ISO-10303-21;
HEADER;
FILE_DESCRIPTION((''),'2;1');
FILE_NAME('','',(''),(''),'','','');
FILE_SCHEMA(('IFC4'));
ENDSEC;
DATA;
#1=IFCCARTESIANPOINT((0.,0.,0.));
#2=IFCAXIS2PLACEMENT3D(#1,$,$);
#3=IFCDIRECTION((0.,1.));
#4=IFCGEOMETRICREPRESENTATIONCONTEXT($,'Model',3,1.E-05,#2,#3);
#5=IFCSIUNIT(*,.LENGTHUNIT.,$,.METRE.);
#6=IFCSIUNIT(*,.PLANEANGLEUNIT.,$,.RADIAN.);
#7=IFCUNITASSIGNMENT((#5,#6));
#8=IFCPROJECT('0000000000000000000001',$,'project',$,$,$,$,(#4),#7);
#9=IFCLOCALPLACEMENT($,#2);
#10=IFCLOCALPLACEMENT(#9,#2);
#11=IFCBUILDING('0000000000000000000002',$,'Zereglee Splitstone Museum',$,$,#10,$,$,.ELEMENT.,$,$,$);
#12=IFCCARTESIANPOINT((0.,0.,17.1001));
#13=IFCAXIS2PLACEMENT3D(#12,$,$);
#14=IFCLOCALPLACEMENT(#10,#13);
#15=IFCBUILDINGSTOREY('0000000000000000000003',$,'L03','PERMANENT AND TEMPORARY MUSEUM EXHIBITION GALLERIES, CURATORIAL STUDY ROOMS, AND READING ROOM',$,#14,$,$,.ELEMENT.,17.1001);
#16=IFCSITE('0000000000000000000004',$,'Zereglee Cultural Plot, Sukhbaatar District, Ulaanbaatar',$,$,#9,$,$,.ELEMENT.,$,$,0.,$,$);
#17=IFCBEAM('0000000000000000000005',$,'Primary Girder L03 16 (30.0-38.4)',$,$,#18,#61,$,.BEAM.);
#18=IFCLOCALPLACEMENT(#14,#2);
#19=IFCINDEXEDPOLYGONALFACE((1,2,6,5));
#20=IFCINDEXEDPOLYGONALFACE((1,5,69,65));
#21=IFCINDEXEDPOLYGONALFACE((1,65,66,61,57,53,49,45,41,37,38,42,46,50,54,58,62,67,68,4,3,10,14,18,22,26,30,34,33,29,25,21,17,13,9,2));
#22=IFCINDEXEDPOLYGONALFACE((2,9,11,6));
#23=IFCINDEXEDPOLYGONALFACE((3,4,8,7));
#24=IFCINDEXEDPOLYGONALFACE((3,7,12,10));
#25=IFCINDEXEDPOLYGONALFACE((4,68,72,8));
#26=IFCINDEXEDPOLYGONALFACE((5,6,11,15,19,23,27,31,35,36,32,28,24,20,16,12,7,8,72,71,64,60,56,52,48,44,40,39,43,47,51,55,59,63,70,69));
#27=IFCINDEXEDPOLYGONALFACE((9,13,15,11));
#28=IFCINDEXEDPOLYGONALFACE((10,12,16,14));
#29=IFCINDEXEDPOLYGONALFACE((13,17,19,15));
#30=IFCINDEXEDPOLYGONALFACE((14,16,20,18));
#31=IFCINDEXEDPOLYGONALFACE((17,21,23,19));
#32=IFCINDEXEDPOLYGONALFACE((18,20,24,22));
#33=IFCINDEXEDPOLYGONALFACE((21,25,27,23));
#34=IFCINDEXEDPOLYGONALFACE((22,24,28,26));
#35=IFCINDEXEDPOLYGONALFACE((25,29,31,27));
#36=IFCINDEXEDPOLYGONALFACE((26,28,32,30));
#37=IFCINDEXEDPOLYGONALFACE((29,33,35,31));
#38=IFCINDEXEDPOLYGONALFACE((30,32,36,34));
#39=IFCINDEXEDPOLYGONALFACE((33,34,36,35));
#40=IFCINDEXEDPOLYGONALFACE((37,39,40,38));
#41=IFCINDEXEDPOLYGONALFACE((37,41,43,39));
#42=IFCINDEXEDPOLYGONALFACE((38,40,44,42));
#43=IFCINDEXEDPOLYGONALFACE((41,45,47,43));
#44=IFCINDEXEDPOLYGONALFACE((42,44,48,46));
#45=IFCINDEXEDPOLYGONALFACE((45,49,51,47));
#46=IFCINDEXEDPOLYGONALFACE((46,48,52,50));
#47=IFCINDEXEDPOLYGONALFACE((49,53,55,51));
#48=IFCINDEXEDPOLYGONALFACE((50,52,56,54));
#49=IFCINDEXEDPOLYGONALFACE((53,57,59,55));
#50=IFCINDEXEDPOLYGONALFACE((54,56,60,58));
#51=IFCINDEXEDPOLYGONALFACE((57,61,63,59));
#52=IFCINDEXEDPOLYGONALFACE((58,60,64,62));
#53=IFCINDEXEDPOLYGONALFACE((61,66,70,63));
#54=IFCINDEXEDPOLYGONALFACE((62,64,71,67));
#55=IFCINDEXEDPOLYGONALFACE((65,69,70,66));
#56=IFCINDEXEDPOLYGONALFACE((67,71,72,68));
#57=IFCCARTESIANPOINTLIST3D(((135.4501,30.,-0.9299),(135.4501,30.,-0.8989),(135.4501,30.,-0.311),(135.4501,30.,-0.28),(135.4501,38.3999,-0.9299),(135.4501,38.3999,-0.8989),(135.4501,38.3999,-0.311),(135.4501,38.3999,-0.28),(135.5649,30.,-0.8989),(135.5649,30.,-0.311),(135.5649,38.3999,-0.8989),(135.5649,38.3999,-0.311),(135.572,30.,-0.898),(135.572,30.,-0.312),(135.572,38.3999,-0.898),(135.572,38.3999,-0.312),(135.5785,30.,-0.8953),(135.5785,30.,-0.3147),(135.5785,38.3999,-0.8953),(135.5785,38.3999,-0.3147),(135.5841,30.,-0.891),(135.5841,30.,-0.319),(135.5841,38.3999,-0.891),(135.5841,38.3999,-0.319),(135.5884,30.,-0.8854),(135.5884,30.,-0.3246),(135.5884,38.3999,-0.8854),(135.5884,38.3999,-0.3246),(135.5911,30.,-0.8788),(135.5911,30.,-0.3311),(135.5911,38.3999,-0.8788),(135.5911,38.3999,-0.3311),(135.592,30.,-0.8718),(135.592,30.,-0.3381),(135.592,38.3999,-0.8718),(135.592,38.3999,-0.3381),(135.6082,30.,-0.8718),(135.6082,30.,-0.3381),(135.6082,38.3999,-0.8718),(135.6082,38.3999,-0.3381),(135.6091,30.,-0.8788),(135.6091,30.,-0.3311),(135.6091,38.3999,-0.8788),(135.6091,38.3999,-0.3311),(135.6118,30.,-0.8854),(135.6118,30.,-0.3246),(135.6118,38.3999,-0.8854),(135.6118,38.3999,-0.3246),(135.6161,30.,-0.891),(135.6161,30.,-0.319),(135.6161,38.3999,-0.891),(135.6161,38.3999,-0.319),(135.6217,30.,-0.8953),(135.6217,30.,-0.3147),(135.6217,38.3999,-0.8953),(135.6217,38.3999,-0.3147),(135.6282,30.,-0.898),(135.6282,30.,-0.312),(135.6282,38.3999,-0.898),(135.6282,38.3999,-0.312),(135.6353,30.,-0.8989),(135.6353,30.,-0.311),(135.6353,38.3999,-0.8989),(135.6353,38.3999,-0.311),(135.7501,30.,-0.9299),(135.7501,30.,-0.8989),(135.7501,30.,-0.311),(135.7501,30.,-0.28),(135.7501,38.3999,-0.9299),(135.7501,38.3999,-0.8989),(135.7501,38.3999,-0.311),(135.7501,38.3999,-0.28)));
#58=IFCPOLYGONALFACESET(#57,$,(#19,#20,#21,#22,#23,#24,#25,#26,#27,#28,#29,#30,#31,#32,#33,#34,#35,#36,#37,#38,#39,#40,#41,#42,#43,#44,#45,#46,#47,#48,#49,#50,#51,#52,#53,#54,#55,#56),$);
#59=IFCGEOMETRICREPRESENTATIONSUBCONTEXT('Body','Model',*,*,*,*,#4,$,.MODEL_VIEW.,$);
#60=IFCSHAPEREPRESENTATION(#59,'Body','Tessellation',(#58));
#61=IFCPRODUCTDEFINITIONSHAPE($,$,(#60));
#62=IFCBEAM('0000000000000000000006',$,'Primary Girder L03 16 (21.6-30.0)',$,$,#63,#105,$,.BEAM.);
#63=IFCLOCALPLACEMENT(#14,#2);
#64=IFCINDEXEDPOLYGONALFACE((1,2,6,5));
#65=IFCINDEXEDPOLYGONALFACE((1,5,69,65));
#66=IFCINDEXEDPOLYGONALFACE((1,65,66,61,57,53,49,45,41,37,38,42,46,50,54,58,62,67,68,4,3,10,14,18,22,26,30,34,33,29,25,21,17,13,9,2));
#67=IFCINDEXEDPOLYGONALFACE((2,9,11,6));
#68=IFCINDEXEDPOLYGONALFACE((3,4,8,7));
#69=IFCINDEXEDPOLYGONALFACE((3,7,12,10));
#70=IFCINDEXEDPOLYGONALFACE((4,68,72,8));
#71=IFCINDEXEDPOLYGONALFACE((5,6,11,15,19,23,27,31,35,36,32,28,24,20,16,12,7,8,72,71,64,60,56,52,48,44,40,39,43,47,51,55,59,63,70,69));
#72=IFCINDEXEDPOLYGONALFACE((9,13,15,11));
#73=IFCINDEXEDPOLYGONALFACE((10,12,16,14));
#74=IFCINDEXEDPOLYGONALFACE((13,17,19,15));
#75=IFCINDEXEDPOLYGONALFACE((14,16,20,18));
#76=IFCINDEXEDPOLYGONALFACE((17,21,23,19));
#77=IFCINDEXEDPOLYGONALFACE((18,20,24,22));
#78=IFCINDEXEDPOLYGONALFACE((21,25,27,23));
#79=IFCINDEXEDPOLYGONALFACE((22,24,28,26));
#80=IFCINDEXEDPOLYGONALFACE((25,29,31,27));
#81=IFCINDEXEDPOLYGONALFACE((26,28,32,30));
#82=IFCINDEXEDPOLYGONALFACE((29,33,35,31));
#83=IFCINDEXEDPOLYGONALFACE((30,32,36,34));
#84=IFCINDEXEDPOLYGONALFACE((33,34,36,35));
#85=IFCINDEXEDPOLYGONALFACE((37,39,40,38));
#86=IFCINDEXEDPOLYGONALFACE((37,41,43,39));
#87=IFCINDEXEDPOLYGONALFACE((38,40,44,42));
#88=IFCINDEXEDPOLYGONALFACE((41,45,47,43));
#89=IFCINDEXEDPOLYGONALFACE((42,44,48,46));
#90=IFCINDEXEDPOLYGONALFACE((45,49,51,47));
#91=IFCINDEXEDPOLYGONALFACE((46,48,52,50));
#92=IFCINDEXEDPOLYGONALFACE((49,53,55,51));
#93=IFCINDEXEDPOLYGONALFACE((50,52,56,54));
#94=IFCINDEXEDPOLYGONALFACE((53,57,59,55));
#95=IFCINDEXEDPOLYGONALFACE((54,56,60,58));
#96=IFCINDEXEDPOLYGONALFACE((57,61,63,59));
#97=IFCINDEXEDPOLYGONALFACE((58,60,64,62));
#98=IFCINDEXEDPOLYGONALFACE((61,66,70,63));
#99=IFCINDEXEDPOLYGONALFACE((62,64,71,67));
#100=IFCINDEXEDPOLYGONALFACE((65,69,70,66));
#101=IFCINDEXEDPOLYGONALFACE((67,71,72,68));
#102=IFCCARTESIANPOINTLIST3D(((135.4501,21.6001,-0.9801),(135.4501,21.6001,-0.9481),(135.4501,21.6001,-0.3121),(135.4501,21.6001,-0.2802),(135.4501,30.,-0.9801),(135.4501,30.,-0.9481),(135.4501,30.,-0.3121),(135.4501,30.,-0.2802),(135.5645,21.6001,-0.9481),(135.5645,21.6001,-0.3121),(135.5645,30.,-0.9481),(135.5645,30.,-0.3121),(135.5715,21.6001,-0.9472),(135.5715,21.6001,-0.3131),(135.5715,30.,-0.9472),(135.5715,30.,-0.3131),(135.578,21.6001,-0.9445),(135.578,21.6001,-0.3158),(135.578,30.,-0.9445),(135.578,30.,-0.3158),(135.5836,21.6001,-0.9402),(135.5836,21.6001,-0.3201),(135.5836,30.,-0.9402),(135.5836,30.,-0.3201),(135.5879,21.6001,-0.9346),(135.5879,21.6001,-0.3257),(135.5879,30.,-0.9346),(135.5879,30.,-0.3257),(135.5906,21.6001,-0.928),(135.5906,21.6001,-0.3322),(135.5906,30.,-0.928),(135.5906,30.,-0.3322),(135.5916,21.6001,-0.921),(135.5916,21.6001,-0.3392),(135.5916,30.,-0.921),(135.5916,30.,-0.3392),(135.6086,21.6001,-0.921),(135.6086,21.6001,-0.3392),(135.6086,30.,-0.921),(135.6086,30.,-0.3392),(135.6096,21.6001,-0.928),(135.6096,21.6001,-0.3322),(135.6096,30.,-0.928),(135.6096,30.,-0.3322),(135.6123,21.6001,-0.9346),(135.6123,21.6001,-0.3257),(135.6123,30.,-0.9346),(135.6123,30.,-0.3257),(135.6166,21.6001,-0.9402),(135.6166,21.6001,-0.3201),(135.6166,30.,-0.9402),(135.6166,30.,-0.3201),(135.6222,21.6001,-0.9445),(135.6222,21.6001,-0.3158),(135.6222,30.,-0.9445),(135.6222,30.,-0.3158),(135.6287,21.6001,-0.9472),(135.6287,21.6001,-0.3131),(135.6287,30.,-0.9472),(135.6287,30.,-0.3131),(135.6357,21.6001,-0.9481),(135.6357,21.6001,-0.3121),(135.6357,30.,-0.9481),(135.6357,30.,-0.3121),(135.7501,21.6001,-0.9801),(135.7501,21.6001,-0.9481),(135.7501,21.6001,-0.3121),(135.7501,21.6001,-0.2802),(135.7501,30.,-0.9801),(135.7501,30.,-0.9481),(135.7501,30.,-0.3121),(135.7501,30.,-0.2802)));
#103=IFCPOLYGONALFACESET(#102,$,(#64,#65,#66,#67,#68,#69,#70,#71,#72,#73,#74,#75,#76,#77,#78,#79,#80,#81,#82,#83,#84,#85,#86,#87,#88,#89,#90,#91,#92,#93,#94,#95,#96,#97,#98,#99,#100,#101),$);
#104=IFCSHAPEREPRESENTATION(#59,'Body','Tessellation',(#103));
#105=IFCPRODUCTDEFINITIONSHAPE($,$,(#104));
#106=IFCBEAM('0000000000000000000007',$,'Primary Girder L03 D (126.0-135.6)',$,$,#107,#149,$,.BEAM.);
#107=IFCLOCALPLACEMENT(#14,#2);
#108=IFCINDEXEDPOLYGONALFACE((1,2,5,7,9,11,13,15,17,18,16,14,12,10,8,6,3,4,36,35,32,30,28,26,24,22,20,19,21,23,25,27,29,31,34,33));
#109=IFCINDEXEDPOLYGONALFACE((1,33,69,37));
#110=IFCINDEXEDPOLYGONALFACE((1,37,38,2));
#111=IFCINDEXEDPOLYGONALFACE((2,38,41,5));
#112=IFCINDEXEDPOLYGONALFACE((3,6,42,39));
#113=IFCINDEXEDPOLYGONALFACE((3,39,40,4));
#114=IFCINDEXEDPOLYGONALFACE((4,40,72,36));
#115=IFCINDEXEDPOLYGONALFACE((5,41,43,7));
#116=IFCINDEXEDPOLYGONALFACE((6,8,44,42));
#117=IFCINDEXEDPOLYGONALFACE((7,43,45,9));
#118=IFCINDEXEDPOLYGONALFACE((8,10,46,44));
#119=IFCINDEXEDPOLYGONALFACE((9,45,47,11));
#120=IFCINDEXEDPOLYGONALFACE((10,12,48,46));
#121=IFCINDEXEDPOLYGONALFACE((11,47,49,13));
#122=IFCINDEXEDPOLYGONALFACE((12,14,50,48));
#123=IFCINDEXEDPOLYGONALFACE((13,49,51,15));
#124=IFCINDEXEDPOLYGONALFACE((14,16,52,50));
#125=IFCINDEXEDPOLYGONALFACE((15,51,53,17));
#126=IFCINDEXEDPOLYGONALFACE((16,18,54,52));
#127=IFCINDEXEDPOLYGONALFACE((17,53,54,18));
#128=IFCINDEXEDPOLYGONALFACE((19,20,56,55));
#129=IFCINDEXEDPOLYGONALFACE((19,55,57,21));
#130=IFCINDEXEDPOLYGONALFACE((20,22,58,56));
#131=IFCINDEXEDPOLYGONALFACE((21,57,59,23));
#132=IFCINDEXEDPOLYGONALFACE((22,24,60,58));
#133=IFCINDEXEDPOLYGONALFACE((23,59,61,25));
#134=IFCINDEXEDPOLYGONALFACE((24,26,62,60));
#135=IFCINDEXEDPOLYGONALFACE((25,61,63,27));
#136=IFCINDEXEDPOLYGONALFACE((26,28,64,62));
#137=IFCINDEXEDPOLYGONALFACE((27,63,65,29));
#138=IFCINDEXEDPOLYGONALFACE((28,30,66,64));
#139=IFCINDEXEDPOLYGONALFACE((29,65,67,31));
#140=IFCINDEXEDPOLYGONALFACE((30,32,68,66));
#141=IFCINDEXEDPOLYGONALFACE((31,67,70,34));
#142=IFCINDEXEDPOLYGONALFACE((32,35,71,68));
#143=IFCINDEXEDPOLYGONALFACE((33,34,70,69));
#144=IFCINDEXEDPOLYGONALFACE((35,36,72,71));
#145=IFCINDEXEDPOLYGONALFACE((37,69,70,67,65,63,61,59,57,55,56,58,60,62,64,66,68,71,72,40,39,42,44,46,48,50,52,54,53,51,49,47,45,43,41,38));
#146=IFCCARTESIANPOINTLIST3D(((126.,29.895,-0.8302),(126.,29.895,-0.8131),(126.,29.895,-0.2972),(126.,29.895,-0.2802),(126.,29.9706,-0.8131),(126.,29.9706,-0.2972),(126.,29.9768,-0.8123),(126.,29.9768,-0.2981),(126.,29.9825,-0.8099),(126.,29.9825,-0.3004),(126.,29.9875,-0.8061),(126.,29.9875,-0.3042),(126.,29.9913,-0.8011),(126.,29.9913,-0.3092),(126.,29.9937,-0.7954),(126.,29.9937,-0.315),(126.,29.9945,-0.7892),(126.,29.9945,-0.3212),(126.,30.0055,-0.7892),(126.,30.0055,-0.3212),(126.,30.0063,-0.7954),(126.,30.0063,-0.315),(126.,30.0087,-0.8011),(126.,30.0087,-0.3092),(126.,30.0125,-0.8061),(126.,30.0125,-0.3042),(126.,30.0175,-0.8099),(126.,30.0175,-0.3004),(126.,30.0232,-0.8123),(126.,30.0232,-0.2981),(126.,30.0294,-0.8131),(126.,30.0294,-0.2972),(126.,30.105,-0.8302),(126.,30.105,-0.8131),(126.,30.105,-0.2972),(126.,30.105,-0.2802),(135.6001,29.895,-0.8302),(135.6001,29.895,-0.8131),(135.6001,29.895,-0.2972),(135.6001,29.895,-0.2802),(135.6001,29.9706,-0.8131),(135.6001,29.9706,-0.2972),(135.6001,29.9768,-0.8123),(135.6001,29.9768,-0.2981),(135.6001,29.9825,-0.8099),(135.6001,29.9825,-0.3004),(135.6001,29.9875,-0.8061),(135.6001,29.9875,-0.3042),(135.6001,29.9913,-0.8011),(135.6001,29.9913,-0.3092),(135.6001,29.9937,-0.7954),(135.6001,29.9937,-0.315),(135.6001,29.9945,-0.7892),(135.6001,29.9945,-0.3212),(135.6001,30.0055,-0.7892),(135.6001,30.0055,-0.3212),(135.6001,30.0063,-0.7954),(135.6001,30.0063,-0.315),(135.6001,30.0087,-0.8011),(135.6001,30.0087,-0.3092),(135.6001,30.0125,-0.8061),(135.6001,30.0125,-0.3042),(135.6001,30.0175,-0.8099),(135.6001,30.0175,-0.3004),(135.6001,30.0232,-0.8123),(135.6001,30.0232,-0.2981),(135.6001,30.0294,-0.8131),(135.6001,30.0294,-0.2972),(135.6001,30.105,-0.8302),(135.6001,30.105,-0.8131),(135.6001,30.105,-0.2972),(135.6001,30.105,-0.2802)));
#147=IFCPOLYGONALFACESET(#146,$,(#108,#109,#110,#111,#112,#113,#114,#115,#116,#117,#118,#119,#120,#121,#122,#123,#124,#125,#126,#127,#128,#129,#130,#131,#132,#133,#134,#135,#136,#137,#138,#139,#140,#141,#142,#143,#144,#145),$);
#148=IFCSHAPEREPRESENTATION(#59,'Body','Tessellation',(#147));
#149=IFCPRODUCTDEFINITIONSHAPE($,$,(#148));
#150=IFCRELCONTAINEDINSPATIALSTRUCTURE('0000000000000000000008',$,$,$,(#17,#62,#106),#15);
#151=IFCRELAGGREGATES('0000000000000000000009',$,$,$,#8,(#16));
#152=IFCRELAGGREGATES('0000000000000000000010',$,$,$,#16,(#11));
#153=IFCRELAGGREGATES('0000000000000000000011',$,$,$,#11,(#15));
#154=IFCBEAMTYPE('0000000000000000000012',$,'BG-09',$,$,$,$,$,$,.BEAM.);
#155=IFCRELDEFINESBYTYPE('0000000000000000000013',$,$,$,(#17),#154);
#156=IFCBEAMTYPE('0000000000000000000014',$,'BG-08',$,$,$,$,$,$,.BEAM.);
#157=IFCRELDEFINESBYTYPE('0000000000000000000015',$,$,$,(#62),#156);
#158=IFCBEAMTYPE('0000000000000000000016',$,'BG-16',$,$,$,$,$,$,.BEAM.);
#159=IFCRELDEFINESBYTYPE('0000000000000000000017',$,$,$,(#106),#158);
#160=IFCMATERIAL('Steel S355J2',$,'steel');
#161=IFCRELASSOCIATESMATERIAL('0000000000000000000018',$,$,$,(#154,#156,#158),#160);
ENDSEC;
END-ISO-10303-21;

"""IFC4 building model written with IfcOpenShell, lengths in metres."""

from ifc_helpers import new_model, si_unit, direction, frame, origin, origin_2d, place, context, subcontext, project, spatial, i_section, extrude, material, material_profile, profile_set, type_object, element, save


model = new_model("IFC4")

# Units and contexts
model_context = context("Model", 3, precision=1e-05, world=origin(), true_north=direction((0.0, 1.0)))
body_context = subcontext(model_context, "Body", "Model", "MODEL_VIEW")
ifc_project = project(units=[si_unit("LENGTHUNIT", "METRE"), si_unit("PLANEANGLEUNIT", "RADIAN")], contexts=[model_context])

# Site, building, storey
site_placement = place(None, origin())
site = spatial("IfcSite", under=ifc_project, at=site_placement, Name="Zereglee Cultural Plot, Sukhbaatar District, Ulaanbaatar", CompositionType="ELEMENT", RefElevation=0.0)
building_placement = place(site_placement, origin())
building = spatial("IfcBuilding", under=site, at=building_placement, Name="Zereglee Splitstone Museum", CompositionType="ELEMENT")
storey_placement = place(building_placement, frame((0.0, 0.0, 17.1001)))
storey = spatial("IfcBuildingStorey", under=building, at=storey_placement, Name="L03", Description="PERMANENT AND TEMPORARY MUSEUM EXHIBITION GALLERIES, CURATORIAL STUDY ROOMS, AND READING ROOM", CompositionType="ELEMENT", Elevation=17.1001)

# Shared definitions
ifc_material_1 = material(Name="Steel S355J2", Category="steel")

# Beams
ifc_material_profile_1 = material_profile(ifc_material_1, i_section(OverallWidth=0.3, OverallDepth=0.6499, WebThickness=0.0161, FlangeThickness=0.031, FilletRadius=0.0271, at=origin_2d()), Name="HE 650 B")
ifc_profile_set_1 = profile_set([ifc_material_profile_1], Name="Steel S355J2")
beam_type_1 = type_object("IfcBeamType", Name="BG-09", PredefinedType="BEAM", material=ifc_profile_set_1)
beam_1_placement = place(storey_placement, frame((135.6001, 30.0, -0.605), z_axis=(0.0, 1.0, 0.0), x_axis=(-1.0, 0.0, 0.0)))
element("IfcBeam", 1, at=beam_1_placement, inside=storey, type_object=beam_type_1, Name="Primary Girder L03 16 (30.0-38.4)", PredefinedType="BEAM", context=body_context, shape_type="SweptSolid", body=[
    extrude(i_section(OverallWidth=0.3, OverallDepth=0.6499, WebThickness=0.0161, FlangeThickness=0.031, FilletRadius=0.0271, at=origin_2d()), origin(), (0.0, 0.0, 1.0), 8.3999),
])
ifc_material_profile_2 = material_profile(ifc_material_1, i_section(OverallWidth=0.3, OverallDepth=0.7, WebThickness=0.0171, FlangeThickness=0.032, FilletRadius=0.0271, at=origin_2d()), Name="HE 700 B")
ifc_profile_set_2 = profile_set([ifc_material_profile_2], Name="Steel S355J2")
beam_type_2 = type_object("IfcBeamType", Name="BG-08", PredefinedType="BEAM", material=ifc_profile_set_2)
beam_2_placement = place(storey_placement, frame((135.6001, 21.6001, -0.6301), z_axis=(0.0, 1.0, 0.0), x_axis=(-1.0, 0.0, 0.0)))
element("IfcBeam", 2, at=beam_2_placement, inside=storey, type_object=beam_type_2, Name="Primary Girder L03 16 (21.6-30.0)", PredefinedType="BEAM", context=body_context, shape_type="SweptSolid", body=[
    extrude(i_section(OverallWidth=0.3, OverallDepth=0.7, WebThickness=0.0171, FlangeThickness=0.032, FilletRadius=0.0271, at=origin_2d()), origin(), (0.0, 0.0, 1.0), 8.3999),
])
ifc_material_profile_3 = material_profile(ifc_material_1, i_section(OverallWidth=0.21, OverallDepth=0.55, WebThickness=0.011, FlangeThickness=0.0171, FilletRadius=0.0239, at=origin_2d()), Name="IPE 550")
ifc_profile_set_3 = profile_set([ifc_material_profile_3], Name="Steel S355J2")
beam_type_3 = type_object("IfcBeamType", Name="BG-16", PredefinedType="BEAM", material=ifc_profile_set_3)
beam_3_placement = place(storey_placement, frame((126.0, 30.0, -0.5552), z_axis=(1.0, 0.0, 0.0), x_axis=(0.0, 1.0, 0.0)))
element("IfcBeam", 3, at=beam_3_placement, inside=storey, type_object=beam_type_3, Name="Primary Girder L03 D (126.0-135.6)", PredefinedType="BEAM", context=body_context, shape_type="SweptSolid", body=[
    extrude(i_section(OverallWidth=0.21, OverallDepth=0.55, WebThickness=0.011, FlangeThickness=0.0171, FilletRadius=0.0239, at=origin_2d()), origin(), (0.0, 0.0, 1.0), 9.6001),
])

save(model, "model.ifc")
